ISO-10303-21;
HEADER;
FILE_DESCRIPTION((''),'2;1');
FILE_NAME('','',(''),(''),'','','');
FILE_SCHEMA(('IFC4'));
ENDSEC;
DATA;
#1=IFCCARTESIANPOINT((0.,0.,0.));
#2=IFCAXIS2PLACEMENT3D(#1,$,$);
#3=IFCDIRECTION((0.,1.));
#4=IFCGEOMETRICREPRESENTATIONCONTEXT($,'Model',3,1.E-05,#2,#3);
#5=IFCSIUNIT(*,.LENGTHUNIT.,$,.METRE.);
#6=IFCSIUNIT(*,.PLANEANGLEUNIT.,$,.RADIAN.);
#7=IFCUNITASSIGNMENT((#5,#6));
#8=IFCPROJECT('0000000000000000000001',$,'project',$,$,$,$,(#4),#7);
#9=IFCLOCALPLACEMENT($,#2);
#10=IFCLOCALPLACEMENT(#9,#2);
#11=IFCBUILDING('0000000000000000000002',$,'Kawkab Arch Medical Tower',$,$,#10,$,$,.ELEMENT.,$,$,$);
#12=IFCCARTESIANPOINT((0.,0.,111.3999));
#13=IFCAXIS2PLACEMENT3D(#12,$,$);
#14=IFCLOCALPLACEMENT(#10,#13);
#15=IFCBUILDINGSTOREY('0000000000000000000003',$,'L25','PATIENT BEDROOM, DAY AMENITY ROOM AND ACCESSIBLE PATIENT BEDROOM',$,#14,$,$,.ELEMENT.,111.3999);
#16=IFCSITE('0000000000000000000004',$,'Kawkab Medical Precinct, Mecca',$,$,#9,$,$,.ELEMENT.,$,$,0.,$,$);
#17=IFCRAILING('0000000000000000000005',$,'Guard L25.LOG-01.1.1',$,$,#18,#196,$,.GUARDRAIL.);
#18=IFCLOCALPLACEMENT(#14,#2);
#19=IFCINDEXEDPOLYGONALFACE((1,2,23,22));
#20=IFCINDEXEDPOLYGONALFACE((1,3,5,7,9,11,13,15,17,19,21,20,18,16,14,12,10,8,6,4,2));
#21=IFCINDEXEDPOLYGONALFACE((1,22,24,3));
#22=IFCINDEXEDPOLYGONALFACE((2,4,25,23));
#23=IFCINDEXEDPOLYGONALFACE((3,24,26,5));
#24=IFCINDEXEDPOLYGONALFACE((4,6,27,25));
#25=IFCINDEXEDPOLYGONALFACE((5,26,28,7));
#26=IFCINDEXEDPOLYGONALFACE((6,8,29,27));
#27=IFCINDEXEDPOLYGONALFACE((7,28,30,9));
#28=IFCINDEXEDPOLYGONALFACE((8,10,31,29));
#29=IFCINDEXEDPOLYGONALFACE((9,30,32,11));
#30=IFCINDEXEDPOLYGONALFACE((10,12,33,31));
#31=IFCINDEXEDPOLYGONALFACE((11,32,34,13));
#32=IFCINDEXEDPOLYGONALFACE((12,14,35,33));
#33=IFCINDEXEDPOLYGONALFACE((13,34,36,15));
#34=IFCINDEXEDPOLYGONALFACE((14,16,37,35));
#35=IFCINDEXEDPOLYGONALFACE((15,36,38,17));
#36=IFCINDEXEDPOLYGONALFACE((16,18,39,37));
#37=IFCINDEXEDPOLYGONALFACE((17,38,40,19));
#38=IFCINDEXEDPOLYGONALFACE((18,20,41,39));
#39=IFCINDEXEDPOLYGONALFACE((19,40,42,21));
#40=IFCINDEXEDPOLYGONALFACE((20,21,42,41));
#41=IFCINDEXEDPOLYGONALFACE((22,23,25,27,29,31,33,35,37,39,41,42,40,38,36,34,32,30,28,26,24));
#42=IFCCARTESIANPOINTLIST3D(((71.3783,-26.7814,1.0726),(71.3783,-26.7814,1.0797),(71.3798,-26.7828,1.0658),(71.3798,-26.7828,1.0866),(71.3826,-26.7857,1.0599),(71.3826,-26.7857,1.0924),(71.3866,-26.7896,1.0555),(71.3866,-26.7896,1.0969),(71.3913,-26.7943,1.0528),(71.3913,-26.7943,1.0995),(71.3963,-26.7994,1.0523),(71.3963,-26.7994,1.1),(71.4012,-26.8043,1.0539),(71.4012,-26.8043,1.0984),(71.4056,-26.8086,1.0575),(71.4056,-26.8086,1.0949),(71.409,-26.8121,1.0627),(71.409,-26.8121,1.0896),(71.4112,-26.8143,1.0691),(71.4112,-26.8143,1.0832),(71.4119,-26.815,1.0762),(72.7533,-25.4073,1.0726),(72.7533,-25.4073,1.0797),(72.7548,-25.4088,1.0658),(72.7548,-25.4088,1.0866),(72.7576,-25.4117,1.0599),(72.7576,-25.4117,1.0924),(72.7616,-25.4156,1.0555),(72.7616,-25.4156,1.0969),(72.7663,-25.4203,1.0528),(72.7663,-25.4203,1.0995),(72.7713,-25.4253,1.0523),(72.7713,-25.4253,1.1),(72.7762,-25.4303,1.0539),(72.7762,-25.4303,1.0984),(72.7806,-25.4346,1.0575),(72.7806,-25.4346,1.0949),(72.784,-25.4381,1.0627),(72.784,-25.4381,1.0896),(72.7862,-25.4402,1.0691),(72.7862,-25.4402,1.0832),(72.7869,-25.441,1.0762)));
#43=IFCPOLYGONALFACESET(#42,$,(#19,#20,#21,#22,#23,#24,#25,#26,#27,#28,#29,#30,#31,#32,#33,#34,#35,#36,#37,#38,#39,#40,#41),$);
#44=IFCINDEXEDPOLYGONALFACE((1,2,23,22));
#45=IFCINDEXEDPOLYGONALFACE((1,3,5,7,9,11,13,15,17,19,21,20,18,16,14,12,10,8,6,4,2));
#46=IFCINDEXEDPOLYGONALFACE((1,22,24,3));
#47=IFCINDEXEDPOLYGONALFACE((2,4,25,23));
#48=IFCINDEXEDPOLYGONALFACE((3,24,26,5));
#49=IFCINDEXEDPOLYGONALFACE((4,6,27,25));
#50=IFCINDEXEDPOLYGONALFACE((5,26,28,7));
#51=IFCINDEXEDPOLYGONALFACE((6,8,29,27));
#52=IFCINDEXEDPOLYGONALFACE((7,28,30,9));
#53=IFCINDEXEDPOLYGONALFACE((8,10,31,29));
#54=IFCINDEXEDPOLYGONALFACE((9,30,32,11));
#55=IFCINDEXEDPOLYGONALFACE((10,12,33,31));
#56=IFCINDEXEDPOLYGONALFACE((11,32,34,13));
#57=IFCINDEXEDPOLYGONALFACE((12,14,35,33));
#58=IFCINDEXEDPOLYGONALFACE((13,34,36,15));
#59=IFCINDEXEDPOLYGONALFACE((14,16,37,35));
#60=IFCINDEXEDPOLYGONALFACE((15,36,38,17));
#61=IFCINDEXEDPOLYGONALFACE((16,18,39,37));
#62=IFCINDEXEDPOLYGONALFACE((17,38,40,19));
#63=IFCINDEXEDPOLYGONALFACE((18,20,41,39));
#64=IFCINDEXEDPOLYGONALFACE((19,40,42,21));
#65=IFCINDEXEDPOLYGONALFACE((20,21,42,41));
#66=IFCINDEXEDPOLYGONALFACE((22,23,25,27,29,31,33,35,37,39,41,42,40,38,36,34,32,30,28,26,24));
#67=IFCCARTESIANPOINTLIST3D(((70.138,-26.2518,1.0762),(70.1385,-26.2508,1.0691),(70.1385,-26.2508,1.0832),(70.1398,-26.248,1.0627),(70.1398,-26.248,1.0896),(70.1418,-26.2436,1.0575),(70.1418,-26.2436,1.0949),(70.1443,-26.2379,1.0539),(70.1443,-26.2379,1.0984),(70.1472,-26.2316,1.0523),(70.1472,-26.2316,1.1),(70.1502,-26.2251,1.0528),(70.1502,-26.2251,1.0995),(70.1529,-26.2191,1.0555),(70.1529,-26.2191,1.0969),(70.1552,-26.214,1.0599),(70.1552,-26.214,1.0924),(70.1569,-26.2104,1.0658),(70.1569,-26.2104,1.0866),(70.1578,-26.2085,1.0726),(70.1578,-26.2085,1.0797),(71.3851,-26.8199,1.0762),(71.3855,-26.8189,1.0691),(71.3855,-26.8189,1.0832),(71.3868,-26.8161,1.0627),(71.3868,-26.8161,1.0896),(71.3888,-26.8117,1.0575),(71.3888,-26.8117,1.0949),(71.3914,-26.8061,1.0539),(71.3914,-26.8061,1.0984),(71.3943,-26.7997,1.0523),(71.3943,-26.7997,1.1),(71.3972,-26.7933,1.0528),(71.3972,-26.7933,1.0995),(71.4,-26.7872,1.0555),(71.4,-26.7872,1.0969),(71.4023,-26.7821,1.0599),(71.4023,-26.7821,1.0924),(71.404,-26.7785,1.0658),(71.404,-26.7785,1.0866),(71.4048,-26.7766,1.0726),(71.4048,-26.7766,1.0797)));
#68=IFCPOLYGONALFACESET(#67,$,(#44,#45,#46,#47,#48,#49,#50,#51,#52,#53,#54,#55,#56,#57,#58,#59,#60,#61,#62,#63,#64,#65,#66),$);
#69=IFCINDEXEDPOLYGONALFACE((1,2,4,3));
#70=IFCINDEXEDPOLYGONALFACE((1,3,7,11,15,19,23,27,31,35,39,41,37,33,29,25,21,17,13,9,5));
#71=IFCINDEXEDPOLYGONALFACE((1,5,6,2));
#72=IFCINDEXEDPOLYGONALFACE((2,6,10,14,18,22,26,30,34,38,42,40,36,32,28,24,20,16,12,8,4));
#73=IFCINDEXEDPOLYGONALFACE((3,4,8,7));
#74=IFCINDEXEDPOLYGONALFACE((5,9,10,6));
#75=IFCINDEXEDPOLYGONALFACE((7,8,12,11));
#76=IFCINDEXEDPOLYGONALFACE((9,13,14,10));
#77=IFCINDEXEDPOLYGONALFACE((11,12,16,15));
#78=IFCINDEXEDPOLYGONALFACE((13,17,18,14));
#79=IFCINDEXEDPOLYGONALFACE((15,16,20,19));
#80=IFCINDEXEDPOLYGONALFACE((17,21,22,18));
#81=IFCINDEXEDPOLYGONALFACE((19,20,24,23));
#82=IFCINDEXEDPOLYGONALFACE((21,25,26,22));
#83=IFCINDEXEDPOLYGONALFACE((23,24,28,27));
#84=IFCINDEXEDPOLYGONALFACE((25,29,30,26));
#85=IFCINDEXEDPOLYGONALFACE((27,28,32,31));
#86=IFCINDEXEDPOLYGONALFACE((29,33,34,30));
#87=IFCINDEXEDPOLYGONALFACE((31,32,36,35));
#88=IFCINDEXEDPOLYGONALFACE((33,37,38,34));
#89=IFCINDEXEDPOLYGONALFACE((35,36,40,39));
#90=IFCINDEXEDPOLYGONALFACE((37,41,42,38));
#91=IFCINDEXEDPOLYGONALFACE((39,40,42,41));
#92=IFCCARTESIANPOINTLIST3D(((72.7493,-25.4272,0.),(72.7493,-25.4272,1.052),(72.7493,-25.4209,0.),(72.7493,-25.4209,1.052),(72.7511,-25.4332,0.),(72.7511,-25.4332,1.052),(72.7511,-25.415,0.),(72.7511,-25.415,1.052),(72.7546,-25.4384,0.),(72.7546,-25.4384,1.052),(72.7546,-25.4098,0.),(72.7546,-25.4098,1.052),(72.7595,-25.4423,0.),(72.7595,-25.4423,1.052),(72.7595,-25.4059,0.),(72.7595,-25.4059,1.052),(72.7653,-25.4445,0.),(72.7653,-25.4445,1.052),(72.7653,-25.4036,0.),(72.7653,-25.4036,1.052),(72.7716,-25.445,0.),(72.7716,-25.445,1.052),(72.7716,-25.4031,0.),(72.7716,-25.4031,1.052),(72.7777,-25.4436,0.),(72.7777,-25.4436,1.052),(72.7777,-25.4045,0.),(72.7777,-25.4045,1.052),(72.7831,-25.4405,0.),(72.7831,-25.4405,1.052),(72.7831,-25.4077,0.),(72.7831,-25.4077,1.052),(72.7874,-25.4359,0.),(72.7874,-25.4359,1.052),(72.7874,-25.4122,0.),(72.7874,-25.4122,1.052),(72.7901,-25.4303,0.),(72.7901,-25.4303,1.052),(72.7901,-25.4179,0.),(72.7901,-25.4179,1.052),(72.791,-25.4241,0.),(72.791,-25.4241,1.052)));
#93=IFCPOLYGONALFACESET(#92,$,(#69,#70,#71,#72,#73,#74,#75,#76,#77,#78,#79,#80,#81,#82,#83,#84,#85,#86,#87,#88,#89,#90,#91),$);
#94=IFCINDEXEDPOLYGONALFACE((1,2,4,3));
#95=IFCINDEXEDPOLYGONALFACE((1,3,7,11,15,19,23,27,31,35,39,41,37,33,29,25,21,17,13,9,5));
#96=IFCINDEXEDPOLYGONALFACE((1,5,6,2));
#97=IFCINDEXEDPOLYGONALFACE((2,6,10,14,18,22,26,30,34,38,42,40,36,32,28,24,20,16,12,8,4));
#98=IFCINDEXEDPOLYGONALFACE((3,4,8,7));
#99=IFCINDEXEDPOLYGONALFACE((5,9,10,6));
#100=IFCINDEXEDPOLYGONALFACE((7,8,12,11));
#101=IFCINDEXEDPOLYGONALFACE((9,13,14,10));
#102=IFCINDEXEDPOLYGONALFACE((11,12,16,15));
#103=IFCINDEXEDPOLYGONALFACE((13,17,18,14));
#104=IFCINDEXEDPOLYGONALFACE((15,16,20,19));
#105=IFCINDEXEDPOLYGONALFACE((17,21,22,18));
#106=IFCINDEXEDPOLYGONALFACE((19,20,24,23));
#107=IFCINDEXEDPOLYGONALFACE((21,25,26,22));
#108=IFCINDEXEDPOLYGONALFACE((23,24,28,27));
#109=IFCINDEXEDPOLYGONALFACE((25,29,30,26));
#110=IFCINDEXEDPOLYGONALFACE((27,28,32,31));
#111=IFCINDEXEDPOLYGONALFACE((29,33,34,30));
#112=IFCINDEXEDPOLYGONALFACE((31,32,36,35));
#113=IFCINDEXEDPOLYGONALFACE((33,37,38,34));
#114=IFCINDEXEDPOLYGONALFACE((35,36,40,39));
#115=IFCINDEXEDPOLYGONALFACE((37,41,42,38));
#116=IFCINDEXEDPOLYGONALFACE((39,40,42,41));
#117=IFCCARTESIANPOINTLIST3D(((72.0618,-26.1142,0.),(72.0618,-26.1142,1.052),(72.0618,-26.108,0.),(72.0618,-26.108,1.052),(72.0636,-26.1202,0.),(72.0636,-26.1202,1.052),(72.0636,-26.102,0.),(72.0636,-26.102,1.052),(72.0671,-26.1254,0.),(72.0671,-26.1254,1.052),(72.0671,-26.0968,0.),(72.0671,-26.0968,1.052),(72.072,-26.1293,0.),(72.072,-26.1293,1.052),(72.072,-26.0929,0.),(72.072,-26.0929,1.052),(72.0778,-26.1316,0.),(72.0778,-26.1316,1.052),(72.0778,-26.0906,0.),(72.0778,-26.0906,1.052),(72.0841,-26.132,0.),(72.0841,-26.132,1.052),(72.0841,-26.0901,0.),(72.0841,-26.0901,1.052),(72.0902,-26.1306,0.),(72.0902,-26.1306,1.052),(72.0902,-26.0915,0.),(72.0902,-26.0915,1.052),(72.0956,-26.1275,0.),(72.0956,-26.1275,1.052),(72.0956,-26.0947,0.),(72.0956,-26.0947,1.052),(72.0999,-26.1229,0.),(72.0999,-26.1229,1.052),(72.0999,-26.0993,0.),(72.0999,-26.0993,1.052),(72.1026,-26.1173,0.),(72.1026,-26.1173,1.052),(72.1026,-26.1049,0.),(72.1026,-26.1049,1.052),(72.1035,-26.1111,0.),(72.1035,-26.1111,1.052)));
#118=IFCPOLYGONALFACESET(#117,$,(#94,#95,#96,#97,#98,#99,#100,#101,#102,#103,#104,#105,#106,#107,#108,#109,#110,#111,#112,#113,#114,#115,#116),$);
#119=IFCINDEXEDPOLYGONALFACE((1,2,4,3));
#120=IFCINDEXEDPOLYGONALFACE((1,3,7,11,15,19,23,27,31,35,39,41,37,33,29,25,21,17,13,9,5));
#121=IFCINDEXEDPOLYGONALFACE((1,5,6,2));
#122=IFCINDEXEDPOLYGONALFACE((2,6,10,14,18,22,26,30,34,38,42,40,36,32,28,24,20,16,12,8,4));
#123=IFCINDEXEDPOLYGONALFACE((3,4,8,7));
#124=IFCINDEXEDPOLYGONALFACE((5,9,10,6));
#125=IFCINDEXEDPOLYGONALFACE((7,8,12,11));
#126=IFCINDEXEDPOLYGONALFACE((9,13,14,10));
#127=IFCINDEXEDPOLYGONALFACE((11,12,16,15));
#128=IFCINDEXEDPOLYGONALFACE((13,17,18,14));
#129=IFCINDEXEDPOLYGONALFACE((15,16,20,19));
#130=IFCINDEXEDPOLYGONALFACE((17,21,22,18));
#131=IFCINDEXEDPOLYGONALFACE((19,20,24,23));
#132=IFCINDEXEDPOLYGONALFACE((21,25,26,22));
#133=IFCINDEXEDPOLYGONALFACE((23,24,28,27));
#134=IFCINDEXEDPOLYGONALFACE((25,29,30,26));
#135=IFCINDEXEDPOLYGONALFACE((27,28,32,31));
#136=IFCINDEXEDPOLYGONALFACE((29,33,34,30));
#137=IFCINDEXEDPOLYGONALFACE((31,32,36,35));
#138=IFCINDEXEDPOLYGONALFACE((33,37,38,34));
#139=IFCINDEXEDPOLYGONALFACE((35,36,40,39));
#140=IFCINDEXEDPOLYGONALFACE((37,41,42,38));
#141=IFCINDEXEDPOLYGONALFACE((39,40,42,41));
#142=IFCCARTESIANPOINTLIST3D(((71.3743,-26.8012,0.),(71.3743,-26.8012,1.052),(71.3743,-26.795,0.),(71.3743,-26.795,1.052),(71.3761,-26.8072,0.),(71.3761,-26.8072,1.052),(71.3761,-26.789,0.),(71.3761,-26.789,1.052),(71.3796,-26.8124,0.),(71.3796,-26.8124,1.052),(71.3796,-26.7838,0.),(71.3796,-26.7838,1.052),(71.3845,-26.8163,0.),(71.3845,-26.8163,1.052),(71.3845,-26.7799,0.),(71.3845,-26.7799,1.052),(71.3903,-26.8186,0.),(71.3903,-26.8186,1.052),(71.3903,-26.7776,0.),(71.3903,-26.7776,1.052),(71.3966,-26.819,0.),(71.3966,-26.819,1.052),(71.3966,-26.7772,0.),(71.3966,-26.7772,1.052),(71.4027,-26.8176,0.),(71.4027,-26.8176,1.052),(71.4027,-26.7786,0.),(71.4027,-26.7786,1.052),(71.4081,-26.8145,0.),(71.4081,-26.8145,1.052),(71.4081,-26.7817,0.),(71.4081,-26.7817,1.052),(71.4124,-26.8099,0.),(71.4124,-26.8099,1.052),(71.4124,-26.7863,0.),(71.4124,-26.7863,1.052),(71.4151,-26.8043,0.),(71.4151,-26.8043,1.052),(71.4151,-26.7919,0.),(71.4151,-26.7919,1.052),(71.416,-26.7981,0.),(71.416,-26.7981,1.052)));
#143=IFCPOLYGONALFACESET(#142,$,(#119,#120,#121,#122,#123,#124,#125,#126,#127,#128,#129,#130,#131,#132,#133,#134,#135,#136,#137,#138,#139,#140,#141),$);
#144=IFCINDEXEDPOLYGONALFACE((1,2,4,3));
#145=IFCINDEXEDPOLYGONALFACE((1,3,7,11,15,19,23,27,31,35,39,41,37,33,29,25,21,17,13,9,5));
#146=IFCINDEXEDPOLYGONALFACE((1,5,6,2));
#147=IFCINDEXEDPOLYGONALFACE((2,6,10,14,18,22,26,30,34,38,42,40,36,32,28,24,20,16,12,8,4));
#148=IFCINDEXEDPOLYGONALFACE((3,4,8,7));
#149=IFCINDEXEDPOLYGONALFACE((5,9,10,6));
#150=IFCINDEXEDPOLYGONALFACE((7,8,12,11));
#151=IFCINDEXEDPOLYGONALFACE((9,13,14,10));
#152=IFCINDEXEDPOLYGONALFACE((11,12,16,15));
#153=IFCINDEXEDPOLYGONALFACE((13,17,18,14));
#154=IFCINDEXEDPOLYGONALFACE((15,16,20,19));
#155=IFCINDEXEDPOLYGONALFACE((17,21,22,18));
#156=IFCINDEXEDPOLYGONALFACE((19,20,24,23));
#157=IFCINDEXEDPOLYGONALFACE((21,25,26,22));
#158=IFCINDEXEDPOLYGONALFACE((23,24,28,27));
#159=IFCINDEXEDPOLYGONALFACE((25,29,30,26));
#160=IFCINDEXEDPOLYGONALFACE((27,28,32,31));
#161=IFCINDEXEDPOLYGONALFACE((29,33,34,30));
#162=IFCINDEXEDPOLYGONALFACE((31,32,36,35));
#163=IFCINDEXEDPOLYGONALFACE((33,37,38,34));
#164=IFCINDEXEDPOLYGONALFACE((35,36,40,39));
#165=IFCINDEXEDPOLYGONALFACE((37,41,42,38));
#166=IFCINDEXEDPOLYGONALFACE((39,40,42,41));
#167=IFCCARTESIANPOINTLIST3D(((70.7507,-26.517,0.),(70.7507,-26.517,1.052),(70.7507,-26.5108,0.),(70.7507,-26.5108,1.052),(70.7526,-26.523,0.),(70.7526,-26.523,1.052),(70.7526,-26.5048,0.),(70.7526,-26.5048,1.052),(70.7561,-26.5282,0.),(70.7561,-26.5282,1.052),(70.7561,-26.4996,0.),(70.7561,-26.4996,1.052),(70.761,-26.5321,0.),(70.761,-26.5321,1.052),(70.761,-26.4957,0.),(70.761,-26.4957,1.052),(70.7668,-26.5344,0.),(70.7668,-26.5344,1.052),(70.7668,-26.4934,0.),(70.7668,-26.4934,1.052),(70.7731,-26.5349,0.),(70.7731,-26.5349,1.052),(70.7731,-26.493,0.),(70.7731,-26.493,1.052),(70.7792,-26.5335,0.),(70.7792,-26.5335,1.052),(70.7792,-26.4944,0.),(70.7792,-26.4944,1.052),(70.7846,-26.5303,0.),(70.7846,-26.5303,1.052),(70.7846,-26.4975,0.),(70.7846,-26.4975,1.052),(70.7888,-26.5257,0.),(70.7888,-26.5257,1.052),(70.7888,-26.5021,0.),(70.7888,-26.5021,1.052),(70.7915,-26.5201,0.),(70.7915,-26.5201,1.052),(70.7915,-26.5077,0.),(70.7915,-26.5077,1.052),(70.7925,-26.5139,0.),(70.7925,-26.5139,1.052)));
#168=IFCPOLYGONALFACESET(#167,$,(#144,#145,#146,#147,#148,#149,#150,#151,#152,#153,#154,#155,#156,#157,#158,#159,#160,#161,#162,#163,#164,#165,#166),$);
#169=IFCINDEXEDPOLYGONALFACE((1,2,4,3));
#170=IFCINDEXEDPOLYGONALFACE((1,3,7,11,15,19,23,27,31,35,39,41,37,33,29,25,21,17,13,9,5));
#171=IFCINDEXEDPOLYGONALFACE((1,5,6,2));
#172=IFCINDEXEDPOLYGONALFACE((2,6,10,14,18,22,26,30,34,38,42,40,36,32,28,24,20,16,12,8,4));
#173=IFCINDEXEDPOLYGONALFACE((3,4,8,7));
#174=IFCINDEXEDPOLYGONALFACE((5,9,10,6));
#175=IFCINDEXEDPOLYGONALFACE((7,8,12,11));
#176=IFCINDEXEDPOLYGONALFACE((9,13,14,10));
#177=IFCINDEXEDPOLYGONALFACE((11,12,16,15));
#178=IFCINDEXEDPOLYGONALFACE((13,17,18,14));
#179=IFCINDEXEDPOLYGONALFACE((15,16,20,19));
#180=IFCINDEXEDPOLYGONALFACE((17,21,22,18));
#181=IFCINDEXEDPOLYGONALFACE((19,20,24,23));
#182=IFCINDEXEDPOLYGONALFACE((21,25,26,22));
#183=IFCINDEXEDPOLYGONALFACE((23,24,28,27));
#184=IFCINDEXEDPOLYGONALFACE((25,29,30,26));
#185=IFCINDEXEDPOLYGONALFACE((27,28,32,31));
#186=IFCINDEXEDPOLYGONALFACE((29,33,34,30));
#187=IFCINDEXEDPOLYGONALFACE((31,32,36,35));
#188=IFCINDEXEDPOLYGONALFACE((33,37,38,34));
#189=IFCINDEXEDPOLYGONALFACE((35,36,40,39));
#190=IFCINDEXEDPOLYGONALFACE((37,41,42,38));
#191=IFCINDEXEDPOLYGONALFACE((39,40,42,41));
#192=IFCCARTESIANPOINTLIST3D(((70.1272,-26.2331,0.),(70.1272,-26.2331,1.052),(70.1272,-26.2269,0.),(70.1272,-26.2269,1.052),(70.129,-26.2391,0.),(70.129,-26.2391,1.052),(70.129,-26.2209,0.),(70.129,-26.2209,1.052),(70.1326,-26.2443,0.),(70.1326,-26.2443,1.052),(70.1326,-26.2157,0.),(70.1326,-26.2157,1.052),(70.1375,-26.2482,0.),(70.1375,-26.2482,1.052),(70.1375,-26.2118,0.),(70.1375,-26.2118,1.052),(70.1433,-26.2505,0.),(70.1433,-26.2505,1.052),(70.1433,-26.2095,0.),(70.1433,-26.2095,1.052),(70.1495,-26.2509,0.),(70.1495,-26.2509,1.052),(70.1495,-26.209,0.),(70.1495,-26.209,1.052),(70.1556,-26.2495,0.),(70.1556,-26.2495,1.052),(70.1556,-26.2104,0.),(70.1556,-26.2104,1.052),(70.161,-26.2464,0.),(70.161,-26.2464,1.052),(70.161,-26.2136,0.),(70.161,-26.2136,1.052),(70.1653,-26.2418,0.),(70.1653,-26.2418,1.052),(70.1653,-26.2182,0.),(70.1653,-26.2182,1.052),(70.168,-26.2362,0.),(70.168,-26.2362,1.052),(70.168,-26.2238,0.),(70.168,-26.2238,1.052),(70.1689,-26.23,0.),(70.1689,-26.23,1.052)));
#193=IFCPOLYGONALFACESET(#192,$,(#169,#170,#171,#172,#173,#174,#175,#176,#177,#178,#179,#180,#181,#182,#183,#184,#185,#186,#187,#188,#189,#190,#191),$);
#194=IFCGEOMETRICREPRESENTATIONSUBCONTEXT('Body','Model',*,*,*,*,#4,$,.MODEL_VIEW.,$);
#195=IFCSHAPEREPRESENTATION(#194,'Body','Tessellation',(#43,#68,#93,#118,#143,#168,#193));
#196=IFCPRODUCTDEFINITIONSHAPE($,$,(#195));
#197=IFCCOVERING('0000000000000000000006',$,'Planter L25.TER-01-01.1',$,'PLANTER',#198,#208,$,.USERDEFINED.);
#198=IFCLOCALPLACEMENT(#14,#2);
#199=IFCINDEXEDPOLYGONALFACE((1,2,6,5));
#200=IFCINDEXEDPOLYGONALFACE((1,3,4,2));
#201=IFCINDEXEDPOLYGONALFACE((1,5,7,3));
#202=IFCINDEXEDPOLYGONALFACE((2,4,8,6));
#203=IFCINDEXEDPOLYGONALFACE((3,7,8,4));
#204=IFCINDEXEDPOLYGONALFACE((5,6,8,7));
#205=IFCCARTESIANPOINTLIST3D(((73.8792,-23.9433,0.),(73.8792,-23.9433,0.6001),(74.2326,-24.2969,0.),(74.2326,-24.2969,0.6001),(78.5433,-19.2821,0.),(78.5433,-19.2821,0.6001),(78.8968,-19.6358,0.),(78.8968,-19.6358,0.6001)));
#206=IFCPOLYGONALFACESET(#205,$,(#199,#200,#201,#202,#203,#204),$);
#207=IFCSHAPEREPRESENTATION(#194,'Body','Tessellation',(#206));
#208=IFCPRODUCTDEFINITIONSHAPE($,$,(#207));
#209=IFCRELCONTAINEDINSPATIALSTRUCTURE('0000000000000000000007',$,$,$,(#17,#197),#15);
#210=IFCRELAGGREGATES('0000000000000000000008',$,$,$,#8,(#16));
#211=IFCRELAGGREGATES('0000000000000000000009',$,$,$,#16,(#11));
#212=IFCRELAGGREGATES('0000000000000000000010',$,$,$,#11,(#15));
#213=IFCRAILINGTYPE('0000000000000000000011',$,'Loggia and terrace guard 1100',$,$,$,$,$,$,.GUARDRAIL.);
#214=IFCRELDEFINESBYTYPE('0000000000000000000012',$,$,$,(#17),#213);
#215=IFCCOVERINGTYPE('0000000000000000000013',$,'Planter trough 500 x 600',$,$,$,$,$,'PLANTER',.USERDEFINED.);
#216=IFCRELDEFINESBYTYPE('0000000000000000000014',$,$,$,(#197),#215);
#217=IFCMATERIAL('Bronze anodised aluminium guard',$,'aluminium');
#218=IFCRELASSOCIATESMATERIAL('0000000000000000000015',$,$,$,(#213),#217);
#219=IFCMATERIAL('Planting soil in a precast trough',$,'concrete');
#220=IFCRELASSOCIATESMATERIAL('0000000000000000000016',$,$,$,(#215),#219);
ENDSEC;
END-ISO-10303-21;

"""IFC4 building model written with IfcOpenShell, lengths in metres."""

from ifc_helpers import new_model, si_unit, direction, frame, origin, origin_2d, place, context, subcontext, project, spatial, rectangle, circle, extrude, material, material_profile, profile_set, type_object, element, save


model = new_model("IFC4")

# Units and contexts
model_context = context("Model", 3, precision=1e-05, world=origin(), true_north=direction((0.0, 1.0)))
body_context = subcontext(model_context, "Body", "Model", "MODEL_VIEW")
ifc_project = project(units=[si_unit("LENGTHUNIT", "METRE"), si_unit("PLANEANGLEUNIT", "RADIAN")], contexts=[model_context])

# Site, building, storey
site_placement = place(None, origin())
site = spatial("IfcSite", under=ifc_project, at=site_placement, Name="Kawkab Medical Precinct, Mecca", CompositionType="ELEMENT", RefElevation=0.0)
building_placement = place(site_placement, origin())
building = spatial("IfcBuilding", under=site, at=building_placement, Name="Kawkab Arch Medical Tower", CompositionType="ELEMENT")
storey_placement = place(building_placement, frame((0.0, 0.0, 111.3999)))
storey = spatial("IfcBuildingStorey", under=building, at=storey_placement, Name="L25", Description="PATIENT BEDROOM, DAY AMENITY ROOM AND ACCESSIBLE PATIENT BEDROOM", CompositionType="ELEMENT", Elevation=111.3999)

# Railing
ifc_material_1 = material(Name="Bronze anodised aluminium guard", Category="aluminium")
railing_type_1 = type_object("IfcRailingType", Name="Loggia and terrace guard 1100", PredefinedType="GUARDRAIL", material=ifc_material_1)
railing_1_placement = place(storey_placement, frame((72.77, -25.4241, 0.0)))
element("IfcRailing", 1, at=railing_1_placement, inside=storey, type_object=railing_type_1, Name="Guard L25.LOG-01.1.1", PredefinedType="GUARDRAIL", context=body_context, shape_type="SweptSolid", body=[
    extrude(circle(Radius=0.0239, at=origin_2d()), frame((0.0, 0.0, 1.0762), z_axis=(-0.707358, -0.706856, 0.0), x_axis=(0.706856, -0.707358, 0.0)), (0.0, 0.0, 1.0), 1.9438),
    extrude(circle(Radius=0.0239, at=origin_2d()), frame((-1.375, -1.374, 1.0762), z_axis=(-0.910018, 0.414568, 0.0), x_axis=(-0.414568, -0.910018, 0.0)), (0.0, 0.0, 1.0), 1.3704),
    extrude(circle(Radius=0.021, at=origin_2d()), origin(), (0.0, 0.0, 1.0), 1.052),
    extrude(circle(Radius=0.021, at=origin_2d()), frame((-0.6875, -0.687, 0.0)), (0.0, 0.0, 1.0), 1.052),
    extrude(circle(Radius=0.021, at=origin_2d()), frame((-1.375, -1.374, 0.0)), (0.0, 0.0, 1.0), 1.052),
    extrude(circle(Radius=0.021, at=origin_2d()), frame((-1.9985, -1.0898, 0.0)), (0.0, 0.0, 1.0), 1.052),
    extrude(circle(Radius=0.021, at=origin_2d()), frame((-2.6221, -0.8059, 0.0)), (0.0, 0.0, 1.0), 1.052),
])

# Covering
ifc_material_2 = material(Name="Planting soil in a precast trough", Category="concrete")
ifc_material_profile_1 = material_profile(ifc_material_2, rectangle(XDim=0.5, YDim=0.6001, at=origin_2d()), Name="Trough 500x600")
ifc_profile_set_1 = profile_set([ifc_material_profile_1], Name="Planting soil in a precast trough")
covering_type = type_object("IfcCoveringType", Name="Planter trough 500 x 600", ElementType="PLANTER", PredefinedType="USERDEFINED", material=ifc_profile_set_1)
covering_1_placement = place(storey_placement, frame((74.0559, -24.1201, 0.3), z_axis=(0.707329, 0.706885, 0.0), x_axis=(-0.706885, 0.707329, 0.0)))
element("IfcCovering", 2, at=covering_1_placement, inside=storey, type_object=covering_type, Name="Planter L25.TER-01-01.1", ObjectType="PLANTER", PredefinedType="USERDEFINED", context=body_context, shape_type="SweptSolid", body=[
    extrude(rectangle(XDim=0.5, YDim=0.6001, at=origin_2d()), origin(), (0.0, 0.0, 1.0), 6.594),
])

save(model, "model.ifc")
